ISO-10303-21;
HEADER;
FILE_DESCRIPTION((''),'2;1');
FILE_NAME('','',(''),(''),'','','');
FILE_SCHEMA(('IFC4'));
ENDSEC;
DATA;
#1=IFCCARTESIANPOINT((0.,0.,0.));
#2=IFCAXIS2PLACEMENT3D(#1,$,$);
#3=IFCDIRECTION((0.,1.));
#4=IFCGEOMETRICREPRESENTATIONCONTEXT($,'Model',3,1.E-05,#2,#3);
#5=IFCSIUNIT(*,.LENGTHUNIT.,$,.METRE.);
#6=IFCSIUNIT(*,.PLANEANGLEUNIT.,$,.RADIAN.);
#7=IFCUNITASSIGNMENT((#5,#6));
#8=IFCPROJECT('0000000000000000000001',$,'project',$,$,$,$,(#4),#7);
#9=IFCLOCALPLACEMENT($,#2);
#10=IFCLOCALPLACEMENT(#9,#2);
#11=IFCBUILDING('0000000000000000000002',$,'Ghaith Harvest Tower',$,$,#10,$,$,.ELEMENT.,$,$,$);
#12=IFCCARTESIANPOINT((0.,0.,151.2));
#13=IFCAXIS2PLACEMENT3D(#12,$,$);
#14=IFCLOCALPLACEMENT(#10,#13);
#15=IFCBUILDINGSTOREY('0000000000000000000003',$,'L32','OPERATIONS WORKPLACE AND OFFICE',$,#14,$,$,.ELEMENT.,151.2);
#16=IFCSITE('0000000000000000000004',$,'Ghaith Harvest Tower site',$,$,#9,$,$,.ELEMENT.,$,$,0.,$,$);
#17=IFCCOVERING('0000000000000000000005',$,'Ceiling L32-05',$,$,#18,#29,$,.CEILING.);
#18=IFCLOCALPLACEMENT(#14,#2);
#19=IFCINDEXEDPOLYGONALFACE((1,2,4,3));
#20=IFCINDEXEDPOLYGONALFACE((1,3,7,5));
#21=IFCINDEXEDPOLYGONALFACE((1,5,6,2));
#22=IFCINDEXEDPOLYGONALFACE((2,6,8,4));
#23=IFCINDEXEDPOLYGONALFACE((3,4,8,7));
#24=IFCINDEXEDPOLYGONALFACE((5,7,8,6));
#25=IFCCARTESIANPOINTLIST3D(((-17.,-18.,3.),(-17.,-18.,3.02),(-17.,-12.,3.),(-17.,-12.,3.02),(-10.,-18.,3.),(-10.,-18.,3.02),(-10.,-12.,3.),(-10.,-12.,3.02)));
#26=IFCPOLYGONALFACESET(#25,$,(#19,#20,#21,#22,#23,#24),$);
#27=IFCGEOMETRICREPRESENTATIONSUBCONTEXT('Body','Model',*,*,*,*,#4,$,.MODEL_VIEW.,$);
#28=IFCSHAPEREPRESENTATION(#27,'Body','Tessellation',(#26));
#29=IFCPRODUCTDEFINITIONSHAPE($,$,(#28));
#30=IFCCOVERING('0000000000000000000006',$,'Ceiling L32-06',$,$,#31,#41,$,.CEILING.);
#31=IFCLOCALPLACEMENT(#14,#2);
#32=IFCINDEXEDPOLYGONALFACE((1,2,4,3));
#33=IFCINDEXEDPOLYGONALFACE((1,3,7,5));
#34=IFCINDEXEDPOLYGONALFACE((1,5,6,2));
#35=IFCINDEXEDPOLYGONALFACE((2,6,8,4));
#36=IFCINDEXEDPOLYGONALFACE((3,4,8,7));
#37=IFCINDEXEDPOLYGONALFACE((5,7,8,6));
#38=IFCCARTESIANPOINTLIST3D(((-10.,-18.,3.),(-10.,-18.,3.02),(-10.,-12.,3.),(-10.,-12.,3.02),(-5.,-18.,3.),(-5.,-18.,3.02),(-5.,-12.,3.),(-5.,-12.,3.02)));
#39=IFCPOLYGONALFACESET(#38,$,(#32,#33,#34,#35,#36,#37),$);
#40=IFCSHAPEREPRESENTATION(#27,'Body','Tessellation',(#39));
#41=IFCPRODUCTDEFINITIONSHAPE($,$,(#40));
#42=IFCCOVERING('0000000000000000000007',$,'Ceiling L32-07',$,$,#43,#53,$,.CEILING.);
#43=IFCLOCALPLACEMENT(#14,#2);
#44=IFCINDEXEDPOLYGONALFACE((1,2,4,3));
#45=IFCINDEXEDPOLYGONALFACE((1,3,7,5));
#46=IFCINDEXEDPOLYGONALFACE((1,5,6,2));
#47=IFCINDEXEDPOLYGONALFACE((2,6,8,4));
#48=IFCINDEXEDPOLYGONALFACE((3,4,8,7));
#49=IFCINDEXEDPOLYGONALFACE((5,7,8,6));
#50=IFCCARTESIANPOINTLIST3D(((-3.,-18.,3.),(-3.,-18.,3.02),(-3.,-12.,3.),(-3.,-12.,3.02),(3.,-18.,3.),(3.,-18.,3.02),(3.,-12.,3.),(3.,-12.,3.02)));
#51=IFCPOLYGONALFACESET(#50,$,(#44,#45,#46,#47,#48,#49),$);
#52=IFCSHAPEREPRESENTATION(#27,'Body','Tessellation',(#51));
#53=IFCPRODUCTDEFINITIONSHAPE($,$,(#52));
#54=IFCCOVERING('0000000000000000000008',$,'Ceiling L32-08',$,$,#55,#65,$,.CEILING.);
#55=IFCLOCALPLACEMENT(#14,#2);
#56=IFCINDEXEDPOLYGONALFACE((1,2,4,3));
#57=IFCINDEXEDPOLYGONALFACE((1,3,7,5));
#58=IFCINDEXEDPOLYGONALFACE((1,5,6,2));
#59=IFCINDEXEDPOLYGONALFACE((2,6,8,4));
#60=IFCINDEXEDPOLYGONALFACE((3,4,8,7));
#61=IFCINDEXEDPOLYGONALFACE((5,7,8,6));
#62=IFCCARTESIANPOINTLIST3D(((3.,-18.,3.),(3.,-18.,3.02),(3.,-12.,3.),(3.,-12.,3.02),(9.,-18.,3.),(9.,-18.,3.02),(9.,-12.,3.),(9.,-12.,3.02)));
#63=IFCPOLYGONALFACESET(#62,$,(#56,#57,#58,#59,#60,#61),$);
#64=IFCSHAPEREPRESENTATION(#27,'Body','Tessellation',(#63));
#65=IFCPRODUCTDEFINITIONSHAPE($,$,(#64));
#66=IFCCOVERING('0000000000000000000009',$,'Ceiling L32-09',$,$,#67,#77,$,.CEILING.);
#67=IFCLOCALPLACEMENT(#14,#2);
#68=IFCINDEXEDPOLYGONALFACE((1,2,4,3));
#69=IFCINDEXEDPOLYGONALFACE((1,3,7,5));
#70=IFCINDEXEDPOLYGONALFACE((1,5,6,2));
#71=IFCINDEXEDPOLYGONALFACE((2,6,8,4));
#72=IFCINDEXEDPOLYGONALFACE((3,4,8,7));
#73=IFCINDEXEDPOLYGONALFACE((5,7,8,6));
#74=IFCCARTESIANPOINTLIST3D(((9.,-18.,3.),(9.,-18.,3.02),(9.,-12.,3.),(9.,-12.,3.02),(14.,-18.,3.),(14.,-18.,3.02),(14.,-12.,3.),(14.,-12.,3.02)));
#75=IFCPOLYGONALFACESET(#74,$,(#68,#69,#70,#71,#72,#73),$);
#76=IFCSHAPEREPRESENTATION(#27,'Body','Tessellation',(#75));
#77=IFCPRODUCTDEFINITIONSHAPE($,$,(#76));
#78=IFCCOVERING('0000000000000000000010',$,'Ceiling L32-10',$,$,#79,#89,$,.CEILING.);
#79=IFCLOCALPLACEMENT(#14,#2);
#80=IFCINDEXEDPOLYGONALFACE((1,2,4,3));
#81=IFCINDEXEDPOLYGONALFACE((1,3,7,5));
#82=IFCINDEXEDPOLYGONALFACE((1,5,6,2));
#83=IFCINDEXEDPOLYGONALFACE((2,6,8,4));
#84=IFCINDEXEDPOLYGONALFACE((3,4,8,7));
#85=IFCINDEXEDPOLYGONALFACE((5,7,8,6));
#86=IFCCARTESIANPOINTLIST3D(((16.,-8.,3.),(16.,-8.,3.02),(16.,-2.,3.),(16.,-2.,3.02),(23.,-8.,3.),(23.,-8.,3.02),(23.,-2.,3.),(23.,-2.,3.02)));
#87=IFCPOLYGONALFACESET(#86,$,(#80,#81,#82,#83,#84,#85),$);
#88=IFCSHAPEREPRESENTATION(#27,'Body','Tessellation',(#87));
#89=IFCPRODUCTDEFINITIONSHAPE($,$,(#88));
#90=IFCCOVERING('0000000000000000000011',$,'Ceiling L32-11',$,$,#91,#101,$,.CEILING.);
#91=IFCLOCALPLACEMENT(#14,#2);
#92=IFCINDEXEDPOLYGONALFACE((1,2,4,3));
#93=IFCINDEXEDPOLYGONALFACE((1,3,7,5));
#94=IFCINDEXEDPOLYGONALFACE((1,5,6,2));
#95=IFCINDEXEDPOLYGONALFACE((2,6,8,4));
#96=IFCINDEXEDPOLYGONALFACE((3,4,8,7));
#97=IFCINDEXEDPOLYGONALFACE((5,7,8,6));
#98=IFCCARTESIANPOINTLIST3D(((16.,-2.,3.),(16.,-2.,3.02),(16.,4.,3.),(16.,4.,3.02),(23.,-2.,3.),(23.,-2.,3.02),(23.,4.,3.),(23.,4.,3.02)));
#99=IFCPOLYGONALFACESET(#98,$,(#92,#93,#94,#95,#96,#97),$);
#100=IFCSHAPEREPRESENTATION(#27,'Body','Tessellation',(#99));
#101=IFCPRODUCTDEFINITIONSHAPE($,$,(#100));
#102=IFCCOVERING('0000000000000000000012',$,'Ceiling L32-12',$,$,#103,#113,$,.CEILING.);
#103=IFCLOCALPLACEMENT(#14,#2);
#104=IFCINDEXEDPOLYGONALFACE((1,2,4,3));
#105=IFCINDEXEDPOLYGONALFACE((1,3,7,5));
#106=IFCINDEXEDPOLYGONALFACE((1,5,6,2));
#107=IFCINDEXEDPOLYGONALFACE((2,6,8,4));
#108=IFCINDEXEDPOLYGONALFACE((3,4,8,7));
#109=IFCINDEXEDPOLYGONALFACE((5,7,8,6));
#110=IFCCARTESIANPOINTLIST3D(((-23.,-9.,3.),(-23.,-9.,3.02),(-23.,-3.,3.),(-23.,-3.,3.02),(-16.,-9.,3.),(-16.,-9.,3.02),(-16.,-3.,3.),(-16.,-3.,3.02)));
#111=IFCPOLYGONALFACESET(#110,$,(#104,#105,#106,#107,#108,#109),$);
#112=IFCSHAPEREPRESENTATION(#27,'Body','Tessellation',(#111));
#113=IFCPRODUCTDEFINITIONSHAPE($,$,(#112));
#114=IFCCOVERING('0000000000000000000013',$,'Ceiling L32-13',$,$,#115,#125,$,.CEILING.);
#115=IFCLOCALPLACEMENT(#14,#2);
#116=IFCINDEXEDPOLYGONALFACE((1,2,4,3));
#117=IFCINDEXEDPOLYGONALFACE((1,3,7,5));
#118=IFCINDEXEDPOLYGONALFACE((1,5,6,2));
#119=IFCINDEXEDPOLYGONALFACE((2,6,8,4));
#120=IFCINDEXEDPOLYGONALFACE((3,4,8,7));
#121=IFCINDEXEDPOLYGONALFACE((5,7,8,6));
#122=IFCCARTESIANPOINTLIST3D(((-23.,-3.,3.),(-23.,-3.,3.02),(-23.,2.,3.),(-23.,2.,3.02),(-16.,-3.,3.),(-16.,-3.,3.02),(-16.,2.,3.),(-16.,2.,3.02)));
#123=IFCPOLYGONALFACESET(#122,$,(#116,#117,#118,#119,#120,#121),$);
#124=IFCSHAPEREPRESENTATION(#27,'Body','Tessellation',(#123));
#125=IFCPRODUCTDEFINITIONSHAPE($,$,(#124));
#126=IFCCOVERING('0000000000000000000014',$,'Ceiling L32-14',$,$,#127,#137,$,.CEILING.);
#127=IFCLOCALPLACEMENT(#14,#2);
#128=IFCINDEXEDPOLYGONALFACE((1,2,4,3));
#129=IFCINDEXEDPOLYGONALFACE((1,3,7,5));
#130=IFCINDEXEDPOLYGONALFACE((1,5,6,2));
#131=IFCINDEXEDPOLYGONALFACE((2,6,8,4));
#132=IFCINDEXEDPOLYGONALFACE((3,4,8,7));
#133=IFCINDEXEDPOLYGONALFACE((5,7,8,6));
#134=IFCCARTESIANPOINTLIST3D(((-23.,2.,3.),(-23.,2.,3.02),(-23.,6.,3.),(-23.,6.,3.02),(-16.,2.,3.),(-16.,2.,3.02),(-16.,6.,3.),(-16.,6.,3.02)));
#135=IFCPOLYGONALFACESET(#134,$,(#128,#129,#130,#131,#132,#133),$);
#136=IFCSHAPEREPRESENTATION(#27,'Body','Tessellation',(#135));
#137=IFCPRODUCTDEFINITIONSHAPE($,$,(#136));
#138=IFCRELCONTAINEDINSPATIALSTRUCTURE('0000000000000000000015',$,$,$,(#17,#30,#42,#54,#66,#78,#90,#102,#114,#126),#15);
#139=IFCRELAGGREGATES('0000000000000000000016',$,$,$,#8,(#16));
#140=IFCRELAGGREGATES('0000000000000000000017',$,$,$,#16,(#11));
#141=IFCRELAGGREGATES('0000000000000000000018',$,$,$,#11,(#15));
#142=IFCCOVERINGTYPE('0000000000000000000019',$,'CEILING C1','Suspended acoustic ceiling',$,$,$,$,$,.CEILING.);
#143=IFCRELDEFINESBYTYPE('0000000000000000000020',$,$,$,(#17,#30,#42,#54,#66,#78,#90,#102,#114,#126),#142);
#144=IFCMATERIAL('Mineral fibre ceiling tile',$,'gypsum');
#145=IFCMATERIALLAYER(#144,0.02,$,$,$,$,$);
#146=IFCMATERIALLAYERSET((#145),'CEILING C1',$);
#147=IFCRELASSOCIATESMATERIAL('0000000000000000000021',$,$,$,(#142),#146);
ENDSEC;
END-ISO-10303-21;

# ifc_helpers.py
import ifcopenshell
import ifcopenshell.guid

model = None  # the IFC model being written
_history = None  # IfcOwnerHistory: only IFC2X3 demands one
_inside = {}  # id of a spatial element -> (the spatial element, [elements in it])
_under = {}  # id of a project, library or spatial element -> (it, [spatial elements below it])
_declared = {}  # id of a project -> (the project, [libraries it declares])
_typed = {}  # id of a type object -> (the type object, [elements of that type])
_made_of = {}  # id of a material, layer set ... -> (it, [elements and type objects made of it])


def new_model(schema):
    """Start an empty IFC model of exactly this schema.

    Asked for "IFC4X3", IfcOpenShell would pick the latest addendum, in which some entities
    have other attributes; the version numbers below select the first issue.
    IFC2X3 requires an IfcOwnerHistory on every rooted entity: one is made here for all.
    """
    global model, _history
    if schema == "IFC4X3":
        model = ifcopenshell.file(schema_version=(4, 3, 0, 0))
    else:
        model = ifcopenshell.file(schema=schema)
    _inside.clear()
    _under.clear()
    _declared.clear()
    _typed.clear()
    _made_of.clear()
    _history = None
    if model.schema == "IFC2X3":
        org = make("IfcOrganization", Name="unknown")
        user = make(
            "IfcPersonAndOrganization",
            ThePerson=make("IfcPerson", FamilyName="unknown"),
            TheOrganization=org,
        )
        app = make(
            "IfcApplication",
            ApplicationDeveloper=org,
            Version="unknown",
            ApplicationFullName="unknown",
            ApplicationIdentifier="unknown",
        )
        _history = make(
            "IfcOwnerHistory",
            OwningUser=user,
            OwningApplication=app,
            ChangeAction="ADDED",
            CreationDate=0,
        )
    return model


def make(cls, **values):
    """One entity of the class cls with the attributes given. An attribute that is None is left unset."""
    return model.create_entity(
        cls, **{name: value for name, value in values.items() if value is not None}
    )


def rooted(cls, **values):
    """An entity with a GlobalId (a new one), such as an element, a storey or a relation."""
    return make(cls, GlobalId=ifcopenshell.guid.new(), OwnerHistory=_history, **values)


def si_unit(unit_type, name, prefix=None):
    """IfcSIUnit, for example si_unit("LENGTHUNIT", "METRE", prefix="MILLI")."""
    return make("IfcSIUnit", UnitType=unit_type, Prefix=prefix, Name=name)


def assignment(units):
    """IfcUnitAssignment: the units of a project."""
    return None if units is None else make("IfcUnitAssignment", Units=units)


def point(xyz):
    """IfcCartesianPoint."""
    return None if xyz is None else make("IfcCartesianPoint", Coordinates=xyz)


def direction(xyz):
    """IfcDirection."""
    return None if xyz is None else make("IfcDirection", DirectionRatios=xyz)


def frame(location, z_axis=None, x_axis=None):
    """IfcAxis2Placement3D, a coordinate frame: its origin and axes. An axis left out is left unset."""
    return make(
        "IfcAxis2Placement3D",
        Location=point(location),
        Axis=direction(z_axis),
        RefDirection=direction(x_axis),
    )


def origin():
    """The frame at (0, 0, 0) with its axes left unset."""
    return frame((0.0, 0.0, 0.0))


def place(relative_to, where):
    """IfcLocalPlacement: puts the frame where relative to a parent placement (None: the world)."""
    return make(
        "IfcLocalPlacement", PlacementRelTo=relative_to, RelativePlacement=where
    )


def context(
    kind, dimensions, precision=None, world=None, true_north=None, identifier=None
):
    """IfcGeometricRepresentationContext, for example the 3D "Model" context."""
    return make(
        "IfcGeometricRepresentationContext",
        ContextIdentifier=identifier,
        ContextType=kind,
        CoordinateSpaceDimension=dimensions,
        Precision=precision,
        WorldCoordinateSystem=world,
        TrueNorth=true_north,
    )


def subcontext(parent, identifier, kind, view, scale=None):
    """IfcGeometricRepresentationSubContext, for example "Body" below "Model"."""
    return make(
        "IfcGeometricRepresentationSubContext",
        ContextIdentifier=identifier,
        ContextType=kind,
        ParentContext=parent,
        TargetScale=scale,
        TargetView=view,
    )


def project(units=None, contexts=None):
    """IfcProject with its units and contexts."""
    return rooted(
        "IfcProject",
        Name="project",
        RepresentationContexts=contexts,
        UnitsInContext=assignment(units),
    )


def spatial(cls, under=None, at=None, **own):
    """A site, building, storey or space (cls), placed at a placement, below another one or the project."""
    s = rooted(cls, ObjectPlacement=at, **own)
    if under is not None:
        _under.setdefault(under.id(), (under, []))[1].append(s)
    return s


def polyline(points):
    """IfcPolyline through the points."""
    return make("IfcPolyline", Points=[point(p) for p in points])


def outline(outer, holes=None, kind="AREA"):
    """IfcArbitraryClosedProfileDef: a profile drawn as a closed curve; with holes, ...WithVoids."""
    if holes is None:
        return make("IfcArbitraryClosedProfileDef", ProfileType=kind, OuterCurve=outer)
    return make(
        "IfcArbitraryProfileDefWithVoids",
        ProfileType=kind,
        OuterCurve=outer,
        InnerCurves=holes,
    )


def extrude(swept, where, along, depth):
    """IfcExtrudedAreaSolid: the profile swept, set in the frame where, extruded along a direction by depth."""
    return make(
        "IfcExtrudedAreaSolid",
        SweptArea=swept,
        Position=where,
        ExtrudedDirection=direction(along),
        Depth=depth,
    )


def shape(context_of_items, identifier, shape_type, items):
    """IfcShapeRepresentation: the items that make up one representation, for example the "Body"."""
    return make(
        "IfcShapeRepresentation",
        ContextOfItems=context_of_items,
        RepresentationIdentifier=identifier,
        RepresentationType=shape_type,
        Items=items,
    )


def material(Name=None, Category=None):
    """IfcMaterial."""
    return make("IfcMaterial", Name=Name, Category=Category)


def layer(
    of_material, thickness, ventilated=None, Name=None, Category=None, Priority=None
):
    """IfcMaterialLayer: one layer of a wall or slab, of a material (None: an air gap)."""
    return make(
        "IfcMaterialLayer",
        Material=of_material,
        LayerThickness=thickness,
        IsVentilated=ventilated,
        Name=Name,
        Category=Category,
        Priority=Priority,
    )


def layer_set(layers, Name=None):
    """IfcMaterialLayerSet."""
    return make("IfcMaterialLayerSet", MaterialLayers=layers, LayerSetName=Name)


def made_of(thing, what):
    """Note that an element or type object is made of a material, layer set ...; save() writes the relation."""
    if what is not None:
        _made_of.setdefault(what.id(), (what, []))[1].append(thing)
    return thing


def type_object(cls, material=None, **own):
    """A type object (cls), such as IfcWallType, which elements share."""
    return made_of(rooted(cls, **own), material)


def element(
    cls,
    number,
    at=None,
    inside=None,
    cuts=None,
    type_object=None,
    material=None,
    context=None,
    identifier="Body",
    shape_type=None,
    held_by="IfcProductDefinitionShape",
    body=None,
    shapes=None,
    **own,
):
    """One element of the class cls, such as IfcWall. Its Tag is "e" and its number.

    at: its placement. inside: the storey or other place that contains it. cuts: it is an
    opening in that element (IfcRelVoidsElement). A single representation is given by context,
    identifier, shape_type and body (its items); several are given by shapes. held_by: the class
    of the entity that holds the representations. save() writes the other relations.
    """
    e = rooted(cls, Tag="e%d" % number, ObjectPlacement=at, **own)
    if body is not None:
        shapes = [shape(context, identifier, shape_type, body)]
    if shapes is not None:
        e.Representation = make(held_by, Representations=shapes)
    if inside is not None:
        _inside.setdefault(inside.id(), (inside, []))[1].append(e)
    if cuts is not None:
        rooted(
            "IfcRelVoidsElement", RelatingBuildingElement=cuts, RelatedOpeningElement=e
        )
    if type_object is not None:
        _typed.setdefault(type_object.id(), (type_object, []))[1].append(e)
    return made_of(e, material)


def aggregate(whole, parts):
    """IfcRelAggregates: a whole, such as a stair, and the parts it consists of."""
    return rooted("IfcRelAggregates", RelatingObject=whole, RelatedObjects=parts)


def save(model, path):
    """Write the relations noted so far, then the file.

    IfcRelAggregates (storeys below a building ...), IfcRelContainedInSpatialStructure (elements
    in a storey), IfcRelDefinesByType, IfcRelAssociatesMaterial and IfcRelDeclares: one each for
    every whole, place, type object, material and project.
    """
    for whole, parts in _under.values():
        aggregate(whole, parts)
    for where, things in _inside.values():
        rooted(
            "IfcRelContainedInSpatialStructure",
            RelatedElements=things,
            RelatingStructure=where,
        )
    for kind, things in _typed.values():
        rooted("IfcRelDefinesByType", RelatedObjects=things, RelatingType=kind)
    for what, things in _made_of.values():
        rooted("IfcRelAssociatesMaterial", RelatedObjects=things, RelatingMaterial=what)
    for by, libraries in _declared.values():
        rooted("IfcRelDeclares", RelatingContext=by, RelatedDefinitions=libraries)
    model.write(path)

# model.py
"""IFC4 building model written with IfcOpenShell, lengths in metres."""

from ifc_helpers import new_model, si_unit, direction, frame, origin, place, context, subcontext, project, spatial, polyline, outline, extrude, material, layer, layer_set, type_object, element, save


model = new_model("IFC4")

# Units and contexts
model_context = context("Model", 3, precision=1e-05, world=origin(), true_north=direction((0.0, 1.0)))
body_context = subcontext(model_context, "Body", "Model", "MODEL_VIEW")
ifc_project = project(units=[si_unit("LENGTHUNIT", "METRE"), si_unit("PLANEANGLEUNIT", "RADIAN")], contexts=[model_context])

# Site, building, storey
site_placement = place(None, origin())
site = spatial("IfcSite", under=ifc_project, at=site_placement, Name="Ghaith Harvest Tower site", CompositionType="ELEMENT", RefElevation=0.0)
building_placement = place(site_placement, origin())
building = spatial("IfcBuilding", under=site, at=building_placement, Name="Ghaith Harvest Tower", CompositionType="ELEMENT")
storey_placement = place(building_placement, frame((0.0, 0.0, 151.2)))
storey = spatial("IfcBuildingStorey", under=building, at=storey_placement, Name="L32", Description="OPERATIONS WORKPLACE AND OFFICE", CompositionType="ELEMENT", Elevation=151.2)

# Coverings
ifc_material_1 = material(Name="Mineral fibre ceiling tile", Category="gypsum")
ifc_layer_1 = layer(ifc_material_1, 0.02)
ifc_layer_set_1 = layer_set([ifc_layer_1], Name="CEILING C1")
covering_type = type_object("IfcCoveringType", Name="CEILING C1", Description="Suspended acoustic ceiling", PredefinedType="CEILING", material=ifc_layer_set_1)
covering_1_placement = place(storey_placement, frame((0.0, 0.0, 3.0)))
element("IfcCovering", 1, at=covering_1_placement, inside=storey, type_object=covering_type, Name="Ceiling L32-05", PredefinedType="CEILING", context=body_context, shape_type="SweptSolid", body=[
    extrude(outline(polyline([(-17.0, -18.0), (-10.0, -18.0), (-10.0, -12.0), (-17.0, -12.0), (-17.0, -18.0)])), origin(), (0.0, 0.0, 1.0), 0.02),
])
covering_2_placement = place(storey_placement, frame((0.0, 0.0, 3.0)))
element("IfcCovering", 2, at=covering_2_placement, inside=storey, type_object=covering_type, Name="Ceiling L32-06", PredefinedType="CEILING", context=body_context, shape_type="SweptSolid", body=[
    extrude(outline(polyline([(-10.0, -18.0), (-5.0, -18.0), (-5.0, -12.0), (-10.0, -12.0), (-10.0, -18.0)])), origin(), (0.0, 0.0, 1.0), 0.02),
])
covering_3_placement = place(storey_placement, frame((0.0, 0.0, 3.0)))
element("IfcCovering", 3, at=covering_3_placement, inside=storey, type_object=covering_type, Name="Ceiling L32-07", PredefinedType="CEILING", context=body_context, shape_type="SweptSolid", body=[
    extrude(outline(polyline([(-3.0, -18.0), (3.0, -18.0), (3.0, -12.0), (-3.0, -12.0), (-3.0, -18.0)])), origin(), (0.0, 0.0, 1.0), 0.02),
])
covering_4_placement = place(storey_placement, frame((0.0, 0.0, 3.0)))
element("IfcCovering", 4, at=covering_4_placement, inside=storey, type_object=covering_type, Name="Ceiling L32-08", PredefinedType="CEILING", context=body_context, shape_type="SweptSolid", body=[
    extrude(outline(polyline([(3.0, -18.0), (9.0, -18.0), (9.0, -12.0), (3.0, -12.0), (3.0, -18.0)])), origin(), (0.0, 0.0, 1.0), 0.02),
])
covering_5_placement = place(storey_placement, frame((0.0, 0.0, 3.0)))
element("IfcCovering", 5, at=covering_5_placement, inside=storey, type_object=covering_type, Name="Ceiling L32-09", PredefinedType="CEILING", context=body_context, shape_type="SweptSolid", body=[
    extrude(outline(polyline([(9.0, -18.0), (14.0, -18.0), (14.0, -12.0), (9.0, -12.0), (9.0, -18.0)])), origin(), (0.0, 0.0, 1.0), 0.02),
])
covering_6_placement = place(storey_placement, frame((0.0, 0.0, 3.0)))
element("IfcCovering", 6, at=covering_6_placement, inside=storey, type_object=covering_type, Name="Ceiling L32-10", PredefinedType="CEILING", context=body_context, shape_type="SweptSolid", body=[
    extrude(outline(polyline([(16.0, -8.0), (23.0, -8.0), (23.0, -2.0), (16.0, -2.0), (16.0, -8.0)])), origin(), (0.0, 0.0, 1.0), 0.02),
])
covering_7_placement = place(storey_placement, frame((0.0, 0.0, 3.0)))
element("IfcCovering", 7, at=covering_7_placement, inside=storey, type_object=covering_type, Name="Ceiling L32-11", PredefinedType="CEILING", context=body_context, shape_type="SweptSolid", body=[
    extrude(outline(polyline([(16.0, -2.0), (23.0, -2.0), (23.0, 4.0), (16.0, 4.0), (16.0, -2.0)])), origin(), (0.0, 0.0, 1.0), 0.02),
])
covering_8_placement = place(storey_placement, frame((0.0, 0.0, 3.0)))
element("IfcCovering", 8, at=covering_8_placement, inside=storey, type_object=covering_type, Name="Ceiling L32-12", PredefinedType="CEILING", context=body_context, shape_type="SweptSolid", body=[
    extrude(outline(polyline([(-23.0, -9.0), (-16.0, -9.0), (-16.0, -3.0), (-23.0, -3.0), (-23.0, -9.0)])), origin(), (0.0, 0.0, 1.0), 0.02),
])
covering_9_placement = place(storey_placement, frame((0.0, 0.0, 3.0)))
element("IfcCovering", 9, at=covering_9_placement, inside=storey, type_object=covering_type, Name="Ceiling L32-13", PredefinedType="CEILING", context=body_context, shape_type="SweptSolid", body=[
    extrude(outline(polyline([(-23.0, -3.0), (-16.0, -3.0), (-16.0, 2.0), (-23.0, 2.0), (-23.0, -3.0)])), origin(), (0.0, 0.0, 1.0), 0.02),
])
covering_10_placement = place(storey_placement, frame((0.0, 0.0, 3.0)))
element("IfcCovering", 10, at=covering_10_placement, inside=storey, type_object=covering_type, Name="Ceiling L32-14", PredefinedType="CEILING", context=body_context, shape_type="SweptSolid", body=[
    extrude(outline(polyline([(-23.0, 2.0), (-16.0, 2.0), (-16.0, 6.0), (-23.0, 6.0), (-23.0, 2.0)])), origin(), (0.0, 0.0, 1.0), 0.02),
])

save(model, "model.ifc")
